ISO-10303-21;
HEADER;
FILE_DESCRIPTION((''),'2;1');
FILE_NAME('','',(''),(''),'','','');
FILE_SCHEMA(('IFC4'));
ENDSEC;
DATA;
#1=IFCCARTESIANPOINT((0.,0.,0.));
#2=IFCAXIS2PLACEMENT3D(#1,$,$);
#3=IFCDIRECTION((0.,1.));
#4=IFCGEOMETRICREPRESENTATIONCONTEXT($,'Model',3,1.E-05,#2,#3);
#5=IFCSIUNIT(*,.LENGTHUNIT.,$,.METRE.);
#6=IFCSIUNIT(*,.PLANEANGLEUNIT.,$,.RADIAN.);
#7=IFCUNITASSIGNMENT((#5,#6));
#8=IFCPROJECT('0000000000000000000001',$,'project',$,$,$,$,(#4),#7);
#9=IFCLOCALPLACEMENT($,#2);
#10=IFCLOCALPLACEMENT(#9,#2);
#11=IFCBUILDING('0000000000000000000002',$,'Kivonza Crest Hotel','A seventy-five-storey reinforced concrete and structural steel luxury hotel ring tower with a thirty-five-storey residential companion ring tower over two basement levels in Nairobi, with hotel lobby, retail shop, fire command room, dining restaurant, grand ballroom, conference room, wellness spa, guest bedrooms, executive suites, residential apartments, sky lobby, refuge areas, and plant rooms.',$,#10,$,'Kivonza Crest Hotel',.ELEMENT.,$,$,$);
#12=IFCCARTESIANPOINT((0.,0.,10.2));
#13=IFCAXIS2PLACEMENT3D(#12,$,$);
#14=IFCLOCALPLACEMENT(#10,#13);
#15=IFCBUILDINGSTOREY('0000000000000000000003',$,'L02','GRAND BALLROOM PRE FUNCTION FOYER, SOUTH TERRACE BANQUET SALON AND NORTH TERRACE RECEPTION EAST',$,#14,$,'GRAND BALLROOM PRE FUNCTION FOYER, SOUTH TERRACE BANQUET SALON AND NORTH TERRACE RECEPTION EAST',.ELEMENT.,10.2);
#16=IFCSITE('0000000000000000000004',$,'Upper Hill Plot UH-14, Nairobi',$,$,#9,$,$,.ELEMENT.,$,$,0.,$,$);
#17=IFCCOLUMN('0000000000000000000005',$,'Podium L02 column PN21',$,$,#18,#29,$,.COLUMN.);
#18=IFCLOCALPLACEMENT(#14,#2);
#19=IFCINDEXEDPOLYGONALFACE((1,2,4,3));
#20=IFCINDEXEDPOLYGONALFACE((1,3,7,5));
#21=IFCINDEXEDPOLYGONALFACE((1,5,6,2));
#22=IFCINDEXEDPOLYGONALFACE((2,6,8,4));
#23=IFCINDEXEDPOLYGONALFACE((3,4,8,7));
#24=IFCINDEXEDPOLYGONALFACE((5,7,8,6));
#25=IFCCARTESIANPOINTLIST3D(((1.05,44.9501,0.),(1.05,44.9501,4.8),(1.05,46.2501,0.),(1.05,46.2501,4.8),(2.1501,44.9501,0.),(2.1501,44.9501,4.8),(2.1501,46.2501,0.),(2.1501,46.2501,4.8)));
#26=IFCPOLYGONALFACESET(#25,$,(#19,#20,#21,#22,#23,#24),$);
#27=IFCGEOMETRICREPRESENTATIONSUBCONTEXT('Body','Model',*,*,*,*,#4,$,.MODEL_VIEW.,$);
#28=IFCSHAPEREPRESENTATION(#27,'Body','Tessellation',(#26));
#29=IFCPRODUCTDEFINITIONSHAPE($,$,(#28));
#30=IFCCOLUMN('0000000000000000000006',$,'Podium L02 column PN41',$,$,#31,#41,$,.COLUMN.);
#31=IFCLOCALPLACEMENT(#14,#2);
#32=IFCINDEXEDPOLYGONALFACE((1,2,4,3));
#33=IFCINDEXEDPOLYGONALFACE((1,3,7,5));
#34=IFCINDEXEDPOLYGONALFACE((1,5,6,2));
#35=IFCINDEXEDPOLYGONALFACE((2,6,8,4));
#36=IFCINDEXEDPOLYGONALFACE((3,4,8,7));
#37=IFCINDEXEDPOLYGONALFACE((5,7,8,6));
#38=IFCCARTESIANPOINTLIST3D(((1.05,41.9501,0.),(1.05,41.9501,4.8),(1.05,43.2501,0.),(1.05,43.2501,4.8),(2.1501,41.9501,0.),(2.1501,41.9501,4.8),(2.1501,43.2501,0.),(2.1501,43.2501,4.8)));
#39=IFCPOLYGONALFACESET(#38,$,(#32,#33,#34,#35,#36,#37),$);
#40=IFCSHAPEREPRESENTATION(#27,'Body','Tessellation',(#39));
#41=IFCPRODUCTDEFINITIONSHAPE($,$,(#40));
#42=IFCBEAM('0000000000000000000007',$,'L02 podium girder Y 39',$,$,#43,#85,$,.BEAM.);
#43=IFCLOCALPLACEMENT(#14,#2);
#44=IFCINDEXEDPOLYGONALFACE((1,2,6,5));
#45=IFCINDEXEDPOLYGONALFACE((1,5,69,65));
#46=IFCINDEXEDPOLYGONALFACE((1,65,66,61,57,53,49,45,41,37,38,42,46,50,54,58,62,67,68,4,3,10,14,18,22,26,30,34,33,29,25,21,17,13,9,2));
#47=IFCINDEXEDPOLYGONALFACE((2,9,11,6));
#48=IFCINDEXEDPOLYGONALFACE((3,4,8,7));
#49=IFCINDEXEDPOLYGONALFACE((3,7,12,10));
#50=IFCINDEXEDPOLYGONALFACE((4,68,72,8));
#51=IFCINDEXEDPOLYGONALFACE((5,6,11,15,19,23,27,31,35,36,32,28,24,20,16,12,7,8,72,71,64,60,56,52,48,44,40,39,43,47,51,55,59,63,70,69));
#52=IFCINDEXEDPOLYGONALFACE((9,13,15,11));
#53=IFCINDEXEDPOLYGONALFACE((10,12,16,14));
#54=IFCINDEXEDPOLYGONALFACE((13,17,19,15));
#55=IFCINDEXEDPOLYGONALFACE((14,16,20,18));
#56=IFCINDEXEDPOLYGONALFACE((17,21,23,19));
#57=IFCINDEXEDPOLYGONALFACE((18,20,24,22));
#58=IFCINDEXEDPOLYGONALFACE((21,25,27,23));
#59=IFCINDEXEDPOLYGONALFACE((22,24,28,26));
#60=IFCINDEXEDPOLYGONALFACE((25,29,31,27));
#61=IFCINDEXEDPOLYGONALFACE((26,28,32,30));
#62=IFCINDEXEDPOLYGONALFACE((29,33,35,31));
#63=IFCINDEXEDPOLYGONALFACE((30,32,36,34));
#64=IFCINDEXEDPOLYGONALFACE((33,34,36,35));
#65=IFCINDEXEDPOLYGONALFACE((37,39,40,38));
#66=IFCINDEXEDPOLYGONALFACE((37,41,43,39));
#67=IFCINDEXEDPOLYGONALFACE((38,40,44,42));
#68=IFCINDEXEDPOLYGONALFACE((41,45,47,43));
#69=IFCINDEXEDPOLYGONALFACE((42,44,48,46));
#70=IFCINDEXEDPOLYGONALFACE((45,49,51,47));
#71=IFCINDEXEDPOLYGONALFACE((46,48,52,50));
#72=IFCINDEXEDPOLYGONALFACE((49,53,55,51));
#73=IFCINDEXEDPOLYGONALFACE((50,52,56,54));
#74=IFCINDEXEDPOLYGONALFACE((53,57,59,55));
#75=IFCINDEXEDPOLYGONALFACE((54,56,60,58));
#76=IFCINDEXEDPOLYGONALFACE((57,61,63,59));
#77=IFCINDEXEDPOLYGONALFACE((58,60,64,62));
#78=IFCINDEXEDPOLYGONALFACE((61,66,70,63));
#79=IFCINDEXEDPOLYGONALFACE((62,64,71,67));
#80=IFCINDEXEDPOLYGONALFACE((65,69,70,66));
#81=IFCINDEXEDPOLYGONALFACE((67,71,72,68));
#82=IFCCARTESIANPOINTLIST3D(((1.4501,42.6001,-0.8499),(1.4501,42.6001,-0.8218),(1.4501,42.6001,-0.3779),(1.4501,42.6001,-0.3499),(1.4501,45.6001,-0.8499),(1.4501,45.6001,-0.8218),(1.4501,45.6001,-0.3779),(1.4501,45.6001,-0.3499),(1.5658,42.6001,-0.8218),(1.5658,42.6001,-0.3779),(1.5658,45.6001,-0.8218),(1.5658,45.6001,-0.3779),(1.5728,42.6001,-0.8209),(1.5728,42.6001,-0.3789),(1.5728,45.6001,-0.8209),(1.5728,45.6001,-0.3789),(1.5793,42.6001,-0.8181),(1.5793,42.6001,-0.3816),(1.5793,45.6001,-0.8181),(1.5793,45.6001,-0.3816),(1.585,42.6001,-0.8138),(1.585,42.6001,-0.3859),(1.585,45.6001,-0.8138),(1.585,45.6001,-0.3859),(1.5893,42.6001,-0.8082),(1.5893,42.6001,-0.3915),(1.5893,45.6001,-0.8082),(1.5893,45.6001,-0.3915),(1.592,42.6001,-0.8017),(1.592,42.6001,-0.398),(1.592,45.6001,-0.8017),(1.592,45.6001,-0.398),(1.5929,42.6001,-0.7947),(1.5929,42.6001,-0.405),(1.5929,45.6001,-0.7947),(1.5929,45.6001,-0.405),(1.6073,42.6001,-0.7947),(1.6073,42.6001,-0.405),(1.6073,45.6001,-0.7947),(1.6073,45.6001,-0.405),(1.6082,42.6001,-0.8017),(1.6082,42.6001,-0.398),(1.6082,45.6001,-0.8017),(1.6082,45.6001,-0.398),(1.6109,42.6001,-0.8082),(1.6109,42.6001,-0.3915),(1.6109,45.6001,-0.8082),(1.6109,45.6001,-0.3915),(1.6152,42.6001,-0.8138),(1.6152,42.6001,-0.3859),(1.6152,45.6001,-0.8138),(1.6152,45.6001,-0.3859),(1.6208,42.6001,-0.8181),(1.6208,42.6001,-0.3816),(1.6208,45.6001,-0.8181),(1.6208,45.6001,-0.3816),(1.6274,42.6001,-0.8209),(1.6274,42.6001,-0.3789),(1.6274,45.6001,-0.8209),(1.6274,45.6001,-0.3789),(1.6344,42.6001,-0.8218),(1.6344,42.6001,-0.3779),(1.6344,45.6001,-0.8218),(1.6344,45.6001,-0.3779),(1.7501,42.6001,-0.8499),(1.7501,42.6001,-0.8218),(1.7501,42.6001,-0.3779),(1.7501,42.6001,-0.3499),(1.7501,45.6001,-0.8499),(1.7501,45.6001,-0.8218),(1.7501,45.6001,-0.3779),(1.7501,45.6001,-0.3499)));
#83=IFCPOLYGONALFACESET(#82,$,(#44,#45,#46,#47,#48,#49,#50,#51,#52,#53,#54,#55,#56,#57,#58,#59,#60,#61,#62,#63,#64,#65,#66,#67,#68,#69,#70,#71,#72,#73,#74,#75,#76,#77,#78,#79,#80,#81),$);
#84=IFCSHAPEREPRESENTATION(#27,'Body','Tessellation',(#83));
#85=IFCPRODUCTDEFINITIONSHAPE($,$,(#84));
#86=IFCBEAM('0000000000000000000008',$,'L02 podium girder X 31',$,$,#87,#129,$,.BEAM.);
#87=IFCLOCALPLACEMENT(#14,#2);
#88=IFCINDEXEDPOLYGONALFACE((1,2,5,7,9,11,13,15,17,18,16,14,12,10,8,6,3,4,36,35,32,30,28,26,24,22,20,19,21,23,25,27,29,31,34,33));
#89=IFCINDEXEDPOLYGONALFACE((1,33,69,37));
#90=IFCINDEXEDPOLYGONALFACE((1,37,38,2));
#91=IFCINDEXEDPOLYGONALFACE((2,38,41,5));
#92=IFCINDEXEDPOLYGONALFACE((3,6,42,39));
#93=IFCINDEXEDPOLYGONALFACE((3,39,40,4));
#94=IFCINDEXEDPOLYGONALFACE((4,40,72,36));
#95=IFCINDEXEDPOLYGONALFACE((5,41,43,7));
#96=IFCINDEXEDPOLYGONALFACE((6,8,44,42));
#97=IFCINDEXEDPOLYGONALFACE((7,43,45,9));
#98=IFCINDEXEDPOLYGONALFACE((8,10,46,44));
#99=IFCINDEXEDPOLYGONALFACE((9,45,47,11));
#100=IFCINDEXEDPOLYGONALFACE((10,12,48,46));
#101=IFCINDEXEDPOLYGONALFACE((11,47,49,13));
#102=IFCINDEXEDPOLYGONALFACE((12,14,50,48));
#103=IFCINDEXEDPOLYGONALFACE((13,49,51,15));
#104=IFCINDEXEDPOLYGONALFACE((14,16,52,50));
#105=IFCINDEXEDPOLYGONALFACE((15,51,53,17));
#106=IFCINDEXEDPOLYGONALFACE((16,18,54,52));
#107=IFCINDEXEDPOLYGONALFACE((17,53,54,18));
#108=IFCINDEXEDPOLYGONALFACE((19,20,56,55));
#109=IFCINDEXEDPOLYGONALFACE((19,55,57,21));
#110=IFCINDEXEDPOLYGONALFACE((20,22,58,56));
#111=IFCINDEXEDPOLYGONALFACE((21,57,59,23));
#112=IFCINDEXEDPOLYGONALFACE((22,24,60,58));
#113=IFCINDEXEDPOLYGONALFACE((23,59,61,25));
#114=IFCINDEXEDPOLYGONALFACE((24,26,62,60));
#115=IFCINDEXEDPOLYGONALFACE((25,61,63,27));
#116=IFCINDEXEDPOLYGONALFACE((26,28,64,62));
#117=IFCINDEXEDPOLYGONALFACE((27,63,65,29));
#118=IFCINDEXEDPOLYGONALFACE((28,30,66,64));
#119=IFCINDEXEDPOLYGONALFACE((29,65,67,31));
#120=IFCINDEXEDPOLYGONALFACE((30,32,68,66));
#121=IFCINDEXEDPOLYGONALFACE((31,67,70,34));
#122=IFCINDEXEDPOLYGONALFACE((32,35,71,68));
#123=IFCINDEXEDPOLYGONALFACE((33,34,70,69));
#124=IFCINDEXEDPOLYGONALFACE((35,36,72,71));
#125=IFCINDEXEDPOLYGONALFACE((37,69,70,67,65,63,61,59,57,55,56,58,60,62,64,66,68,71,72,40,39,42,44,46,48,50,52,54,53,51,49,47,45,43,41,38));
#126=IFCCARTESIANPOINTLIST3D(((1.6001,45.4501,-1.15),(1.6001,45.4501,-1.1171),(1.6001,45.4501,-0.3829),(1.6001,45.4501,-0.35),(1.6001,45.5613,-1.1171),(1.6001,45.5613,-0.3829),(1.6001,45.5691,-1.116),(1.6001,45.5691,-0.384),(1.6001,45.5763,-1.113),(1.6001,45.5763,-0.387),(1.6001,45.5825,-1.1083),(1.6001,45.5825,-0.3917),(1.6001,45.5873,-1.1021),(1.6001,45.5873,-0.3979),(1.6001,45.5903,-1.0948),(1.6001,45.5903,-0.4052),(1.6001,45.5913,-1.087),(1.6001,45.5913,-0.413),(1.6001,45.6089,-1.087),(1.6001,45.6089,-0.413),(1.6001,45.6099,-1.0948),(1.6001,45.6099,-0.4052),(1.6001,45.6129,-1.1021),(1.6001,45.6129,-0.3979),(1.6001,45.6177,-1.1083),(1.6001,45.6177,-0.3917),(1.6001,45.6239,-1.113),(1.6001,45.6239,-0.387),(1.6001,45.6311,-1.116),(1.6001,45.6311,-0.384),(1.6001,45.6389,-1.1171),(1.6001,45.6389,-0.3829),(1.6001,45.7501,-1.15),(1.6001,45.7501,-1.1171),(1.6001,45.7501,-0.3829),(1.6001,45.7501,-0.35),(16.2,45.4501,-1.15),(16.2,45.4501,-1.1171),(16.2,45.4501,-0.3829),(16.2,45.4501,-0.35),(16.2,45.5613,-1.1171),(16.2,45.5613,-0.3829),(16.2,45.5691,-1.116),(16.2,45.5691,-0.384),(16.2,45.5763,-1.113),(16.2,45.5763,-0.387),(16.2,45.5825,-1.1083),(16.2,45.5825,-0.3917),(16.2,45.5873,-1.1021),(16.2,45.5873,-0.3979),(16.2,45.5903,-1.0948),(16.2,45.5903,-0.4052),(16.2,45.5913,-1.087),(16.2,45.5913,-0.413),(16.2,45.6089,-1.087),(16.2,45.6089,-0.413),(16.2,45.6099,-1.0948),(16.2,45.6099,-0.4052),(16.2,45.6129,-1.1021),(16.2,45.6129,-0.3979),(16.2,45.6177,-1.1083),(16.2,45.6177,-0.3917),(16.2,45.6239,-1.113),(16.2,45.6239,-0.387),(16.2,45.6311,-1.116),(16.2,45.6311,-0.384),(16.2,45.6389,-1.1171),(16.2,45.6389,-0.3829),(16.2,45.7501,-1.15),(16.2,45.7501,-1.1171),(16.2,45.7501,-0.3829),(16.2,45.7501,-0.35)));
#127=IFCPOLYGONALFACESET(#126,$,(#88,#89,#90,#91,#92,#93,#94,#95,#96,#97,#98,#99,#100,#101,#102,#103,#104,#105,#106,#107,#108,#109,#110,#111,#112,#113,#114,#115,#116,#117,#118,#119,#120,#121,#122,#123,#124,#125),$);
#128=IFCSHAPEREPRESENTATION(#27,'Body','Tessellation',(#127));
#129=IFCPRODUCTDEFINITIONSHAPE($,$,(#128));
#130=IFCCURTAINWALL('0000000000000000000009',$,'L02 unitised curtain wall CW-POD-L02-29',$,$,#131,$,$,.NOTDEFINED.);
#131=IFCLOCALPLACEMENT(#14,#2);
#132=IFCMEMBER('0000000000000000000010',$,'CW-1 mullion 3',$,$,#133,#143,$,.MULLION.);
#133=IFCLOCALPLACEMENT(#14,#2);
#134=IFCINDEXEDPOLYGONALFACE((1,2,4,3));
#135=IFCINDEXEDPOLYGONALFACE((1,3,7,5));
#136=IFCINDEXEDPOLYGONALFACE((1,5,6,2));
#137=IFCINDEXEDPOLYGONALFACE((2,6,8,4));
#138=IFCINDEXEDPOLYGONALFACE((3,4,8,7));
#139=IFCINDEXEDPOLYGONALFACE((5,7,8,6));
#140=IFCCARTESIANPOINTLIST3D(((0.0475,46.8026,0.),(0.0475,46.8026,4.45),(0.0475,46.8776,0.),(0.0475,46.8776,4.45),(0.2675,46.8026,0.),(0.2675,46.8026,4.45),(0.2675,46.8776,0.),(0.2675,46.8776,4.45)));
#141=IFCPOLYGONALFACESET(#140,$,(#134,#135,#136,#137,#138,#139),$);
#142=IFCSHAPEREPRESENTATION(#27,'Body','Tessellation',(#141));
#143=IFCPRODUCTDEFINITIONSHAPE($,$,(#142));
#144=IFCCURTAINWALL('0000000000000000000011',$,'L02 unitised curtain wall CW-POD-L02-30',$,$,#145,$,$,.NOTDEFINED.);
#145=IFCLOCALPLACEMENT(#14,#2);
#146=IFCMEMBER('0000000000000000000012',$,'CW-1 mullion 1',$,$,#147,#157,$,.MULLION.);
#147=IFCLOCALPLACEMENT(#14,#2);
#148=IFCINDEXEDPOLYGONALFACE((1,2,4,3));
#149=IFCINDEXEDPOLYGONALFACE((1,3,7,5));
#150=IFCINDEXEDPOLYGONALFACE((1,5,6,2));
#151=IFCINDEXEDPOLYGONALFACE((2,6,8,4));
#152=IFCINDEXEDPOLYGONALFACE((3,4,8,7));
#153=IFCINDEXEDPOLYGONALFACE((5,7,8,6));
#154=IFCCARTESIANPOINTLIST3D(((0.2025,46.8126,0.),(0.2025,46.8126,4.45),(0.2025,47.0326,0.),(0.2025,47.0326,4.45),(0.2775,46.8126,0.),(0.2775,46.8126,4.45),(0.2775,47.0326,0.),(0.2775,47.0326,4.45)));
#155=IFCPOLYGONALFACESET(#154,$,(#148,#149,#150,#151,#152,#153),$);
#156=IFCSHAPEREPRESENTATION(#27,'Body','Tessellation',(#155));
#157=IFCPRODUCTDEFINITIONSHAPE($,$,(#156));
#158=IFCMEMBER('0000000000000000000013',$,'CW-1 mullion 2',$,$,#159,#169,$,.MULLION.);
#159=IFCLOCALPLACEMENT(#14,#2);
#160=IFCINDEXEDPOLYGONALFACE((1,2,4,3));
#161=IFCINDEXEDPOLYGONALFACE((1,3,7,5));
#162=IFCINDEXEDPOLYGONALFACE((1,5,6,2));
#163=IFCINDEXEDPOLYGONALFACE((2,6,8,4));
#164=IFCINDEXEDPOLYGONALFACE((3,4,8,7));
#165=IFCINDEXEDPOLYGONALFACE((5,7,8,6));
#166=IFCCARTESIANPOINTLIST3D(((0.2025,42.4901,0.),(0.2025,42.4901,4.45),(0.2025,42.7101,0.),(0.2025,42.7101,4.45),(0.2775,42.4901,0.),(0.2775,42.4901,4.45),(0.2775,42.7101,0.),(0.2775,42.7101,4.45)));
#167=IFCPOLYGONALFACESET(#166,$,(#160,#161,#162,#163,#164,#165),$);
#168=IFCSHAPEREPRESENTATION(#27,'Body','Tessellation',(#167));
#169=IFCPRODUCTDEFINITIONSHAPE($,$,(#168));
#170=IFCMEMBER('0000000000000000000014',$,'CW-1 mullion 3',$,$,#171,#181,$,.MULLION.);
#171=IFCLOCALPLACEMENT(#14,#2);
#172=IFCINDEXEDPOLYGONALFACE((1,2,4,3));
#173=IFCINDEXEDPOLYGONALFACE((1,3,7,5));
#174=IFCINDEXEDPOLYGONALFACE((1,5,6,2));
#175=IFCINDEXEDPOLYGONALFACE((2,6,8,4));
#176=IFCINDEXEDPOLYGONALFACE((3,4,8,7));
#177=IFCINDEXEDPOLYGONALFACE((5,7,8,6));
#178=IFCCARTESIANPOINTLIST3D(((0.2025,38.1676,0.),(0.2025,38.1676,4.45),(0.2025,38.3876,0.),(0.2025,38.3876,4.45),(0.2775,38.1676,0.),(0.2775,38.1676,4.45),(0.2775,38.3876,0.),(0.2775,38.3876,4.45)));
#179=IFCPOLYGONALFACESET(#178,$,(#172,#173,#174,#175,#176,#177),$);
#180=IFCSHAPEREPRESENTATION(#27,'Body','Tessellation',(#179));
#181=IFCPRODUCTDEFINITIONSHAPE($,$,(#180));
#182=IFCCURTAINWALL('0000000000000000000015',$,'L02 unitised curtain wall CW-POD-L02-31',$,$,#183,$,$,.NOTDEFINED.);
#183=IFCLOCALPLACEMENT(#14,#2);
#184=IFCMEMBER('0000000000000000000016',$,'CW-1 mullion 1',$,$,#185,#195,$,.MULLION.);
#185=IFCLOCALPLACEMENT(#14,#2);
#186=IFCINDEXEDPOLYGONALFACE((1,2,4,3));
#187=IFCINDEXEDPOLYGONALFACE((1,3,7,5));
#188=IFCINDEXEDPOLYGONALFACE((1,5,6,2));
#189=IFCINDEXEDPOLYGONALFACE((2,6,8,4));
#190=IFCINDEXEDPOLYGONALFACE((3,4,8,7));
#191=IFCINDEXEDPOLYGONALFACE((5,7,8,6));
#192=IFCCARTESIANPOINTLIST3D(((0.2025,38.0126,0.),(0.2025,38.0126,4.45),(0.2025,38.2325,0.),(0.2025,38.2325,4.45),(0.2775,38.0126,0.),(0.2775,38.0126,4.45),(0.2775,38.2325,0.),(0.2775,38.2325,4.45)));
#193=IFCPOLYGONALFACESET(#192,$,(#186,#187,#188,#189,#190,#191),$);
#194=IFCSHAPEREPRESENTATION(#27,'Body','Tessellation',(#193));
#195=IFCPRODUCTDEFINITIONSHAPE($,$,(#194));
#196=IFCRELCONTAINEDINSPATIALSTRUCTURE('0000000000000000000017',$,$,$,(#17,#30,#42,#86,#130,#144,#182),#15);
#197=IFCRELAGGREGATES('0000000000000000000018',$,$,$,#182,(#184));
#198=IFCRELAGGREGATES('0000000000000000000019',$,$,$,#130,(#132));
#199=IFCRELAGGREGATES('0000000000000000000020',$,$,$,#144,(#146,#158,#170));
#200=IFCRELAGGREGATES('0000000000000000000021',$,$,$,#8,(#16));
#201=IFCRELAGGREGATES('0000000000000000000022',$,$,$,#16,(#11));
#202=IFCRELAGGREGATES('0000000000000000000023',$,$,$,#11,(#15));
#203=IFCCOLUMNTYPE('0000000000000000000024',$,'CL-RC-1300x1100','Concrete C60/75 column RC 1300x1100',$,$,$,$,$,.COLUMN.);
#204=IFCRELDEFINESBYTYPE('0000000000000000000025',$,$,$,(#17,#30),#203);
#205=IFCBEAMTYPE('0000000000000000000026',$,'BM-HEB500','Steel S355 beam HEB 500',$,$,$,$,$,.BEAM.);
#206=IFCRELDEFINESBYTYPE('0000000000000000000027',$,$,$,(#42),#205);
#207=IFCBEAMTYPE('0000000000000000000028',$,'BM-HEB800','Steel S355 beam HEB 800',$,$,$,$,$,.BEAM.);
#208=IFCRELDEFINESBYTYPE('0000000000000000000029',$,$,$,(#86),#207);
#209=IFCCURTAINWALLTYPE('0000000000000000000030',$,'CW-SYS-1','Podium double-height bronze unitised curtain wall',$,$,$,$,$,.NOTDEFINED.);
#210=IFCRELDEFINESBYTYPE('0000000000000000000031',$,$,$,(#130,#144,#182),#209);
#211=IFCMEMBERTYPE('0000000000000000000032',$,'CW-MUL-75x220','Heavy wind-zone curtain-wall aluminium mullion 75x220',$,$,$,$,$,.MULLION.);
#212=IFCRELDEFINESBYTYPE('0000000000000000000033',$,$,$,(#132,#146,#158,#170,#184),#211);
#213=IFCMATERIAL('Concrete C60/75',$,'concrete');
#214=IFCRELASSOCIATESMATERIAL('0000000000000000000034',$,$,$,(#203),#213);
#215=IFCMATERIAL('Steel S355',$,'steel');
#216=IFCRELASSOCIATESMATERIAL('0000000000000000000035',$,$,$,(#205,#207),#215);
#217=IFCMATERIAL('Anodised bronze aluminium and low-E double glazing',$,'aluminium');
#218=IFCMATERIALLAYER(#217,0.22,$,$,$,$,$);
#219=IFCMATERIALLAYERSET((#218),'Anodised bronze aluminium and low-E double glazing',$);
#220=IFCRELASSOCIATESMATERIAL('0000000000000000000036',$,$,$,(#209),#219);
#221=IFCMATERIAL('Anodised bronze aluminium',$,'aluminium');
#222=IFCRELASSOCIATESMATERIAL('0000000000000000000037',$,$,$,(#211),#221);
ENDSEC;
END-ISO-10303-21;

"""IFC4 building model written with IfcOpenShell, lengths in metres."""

from ifc_helpers import new_model, si_unit, direction, frame, origin, origin_2d, place, context, subcontext, project, spatial, rectangle, i_section, extrude, material, layer, layer_set, material_profile, profile_set, type_object, element, aggregate, save


model = new_model("IFC4")

# Units and contexts
model_context = context("Model", 3, precision=1e-05, world=origin(), true_north=direction((0.0, 1.0)))
body_context = subcontext(model_context, "Body", "Model", "MODEL_VIEW")
ifc_project = project(units=[si_unit("LENGTHUNIT", "METRE"), si_unit("PLANEANGLEUNIT", "RADIAN")], contexts=[model_context])

# Site, building, storey
site_placement = place(None, origin())
site = spatial("IfcSite", under=ifc_project, at=site_placement, Name="Upper Hill Plot UH-14, Nairobi", CompositionType="ELEMENT", RefElevation=0.0)
building_placement = place(site_placement, origin())
building = spatial("IfcBuilding", under=site, at=building_placement, Name="Kivonza Crest Hotel", Description="A seventy-five-storey reinforced concrete and structural steel luxury hotel ring tower with a thirty-five-storey residential companion ring tower over two basement levels in Nairobi, with hotel lobby, retail shop, fire command room, dining restaurant, grand ballroom, conference room, wellness spa, guest bedrooms, executive suites, residential apartments, sky lobby, refuge areas, and plant rooms.", LongName="Kivonza Crest Hotel", CompositionType="ELEMENT")
storey_placement = place(building_placement, frame((0.0, 0.0, 10.2)))
storey = spatial("IfcBuildingStorey", under=building, at=storey_placement, Name="L02", Description="GRAND BALLROOM PRE FUNCTION FOYER, SOUTH TERRACE BANQUET SALON AND NORTH TERRACE RECEPTION EAST", LongName="GRAND BALLROOM PRE FUNCTION FOYER, SOUTH TERRACE BANQUET SALON AND NORTH TERRACE RECEPTION EAST", CompositionType="ELEMENT", Elevation=10.2)

# Columns
ifc_material_1 = material(Name="Concrete C60/75", Category="concrete")
ifc_material_profile_1 = material_profile(ifc_material_1, rectangle(XDim=1.1001, YDim=1.3, at=origin_2d()), Name="RC 1300x1100")
ifc_profile_set_1 = profile_set([ifc_material_profile_1], Name="Concrete C60/75")
column_type = type_object("IfcColumnType", Name="CL-RC-1300x1100", Description="Concrete C60/75 column RC 1300x1100", PredefinedType="COLUMN", material=ifc_profile_set_1)
for number, where, z_axis, x_axis, name in (
    (1, (1.6001, 45.6001, 0.0), (0.0, 0.0, 1.0), (1.0, 0.0, 0.0), "Podium L02 column PN21"),
    (2, (1.6001, 42.6001, 0.0), (0.0, 0.0, 1.0), (1.0, 0.0, 0.0), "Podium L02 column PN41"),
):
    element("IfcColumn", number, at=place(storey_placement, frame(where, z_axis=z_axis, x_axis=x_axis)), inside=storey, type_object=column_type, Name=name, PredefinedType="COLUMN", context=body_context, shape_type="SweptSolid", body=[
        extrude(rectangle(XDim=1.1001, YDim=1.3, at=origin_2d()), origin(), (0.0, 0.0, 1.0), 4.8),
    ])

# Beams
ifc_material_2 = material(Name="Steel S355", Category="steel")
ifc_material_profile_2 = material_profile(ifc_material_2, i_section(OverallWidth=0.3, OverallDepth=0.5, WebThickness=0.0144, FlangeThickness=0.0281, FilletRadius=0.0271, at=origin_2d()), Name="HEB 500")
ifc_profile_set_2 = profile_set([ifc_material_profile_2], Name="Steel S355")
beam_type_1 = type_object("IfcBeamType", Name="BM-HEB500", Description="Steel S355 beam HEB 500", PredefinedType="BEAM", material=ifc_profile_set_2)
beam_1_placement = place(storey_placement, frame((1.6001, 42.6001, -0.5999), z_axis=(0.0, 1.0, 0.0), x_axis=(-1.0, 0.0, 0.0)))
element("IfcBeam", 3, at=beam_1_placement, inside=storey, type_object=beam_type_1, Name="L02 podium girder Y 39", PredefinedType="BEAM", context=body_context, shape_type="SweptSolid", body=[
    extrude(i_section(OverallWidth=0.3, OverallDepth=0.5, WebThickness=0.0144, FlangeThickness=0.0281, FilletRadius=0.0271, at=origin_2d()), origin(), (0.0, 0.0, 1.0), 3.0),
])
ifc_material_profile_3 = material_profile(ifc_material_2, i_section(OverallWidth=0.3, OverallDepth=0.8, WebThickness=0.0176, FlangeThickness=0.033, FilletRadius=0.03, at=origin_2d()), Name="HEB 800")
ifc_profile_set_3 = profile_set([ifc_material_profile_3], Name="Steel S355")
beam_type_2 = type_object("IfcBeamType", Name="BM-HEB800", Description="Steel S355 beam HEB 800", PredefinedType="BEAM", material=ifc_profile_set_3)
beam_2_placement = place(storey_placement, frame((1.6001, 45.6001, -0.75), z_axis=(1.0, 0.0, 0.0), x_axis=(0.0, 1.0, 0.0)))
element("IfcBeam", 4, at=beam_2_placement, inside=storey, type_object=beam_type_2, Name="L02 podium girder X 31", PredefinedType="BEAM", context=body_context, shape_type="SweptSolid", body=[
    extrude(i_section(OverallWidth=0.3, OverallDepth=0.8, WebThickness=0.0176, FlangeThickness=0.033, FilletRadius=0.03, at=origin_2d()), origin(), (0.0, 0.0, 1.0), 14.5999),
])

# Curtain wall, member
ifc_material_3 = material(Name="Anodised bronze aluminium and low-E double glazing", Category="aluminium")
ifc_layer_1 = layer(ifc_material_3, 0.22)
ifc_layer_set_1 = layer_set([ifc_layer_1], Name="Anodised bronze aluminium and low-E double glazing")
curtain_wall_type = type_object("IfcCurtainWallType", Name="CW-SYS-1", Description="Podium double-height bronze unitised curtain wall", PredefinedType="NOTDEFINED", material=ifc_layer_set_1)
curtain_wall_1_placement = place(storey_placement, origin())
curtain_wall_1 = element("IfcCurtainWall", 5, at=curtain_wall_1_placement, inside=storey, type_object=curtain_wall_type, Name="L02 unitised curtain wall CW-POD-L02-29", PredefinedType="NOTDEFINED")
ifc_material_4 = material(Name="Anodised bronze aluminium", Category="aluminium")
ifc_material_profile_4 = material_profile(ifc_material_4, rectangle(XDim=0.075, YDim=0.22, at=origin_2d()), Name="CW-M 75x220")
ifc_profile_set_4 = profile_set([ifc_material_profile_4], Name="Anodised bronze aluminium")
member_type_1 = type_object("IfcMemberType", Name="CW-MUL-75x220", Description="Heavy wind-zone curtain-wall aluminium mullion 75x220", PredefinedType="MULLION", material=ifc_profile_set_4)
member_1_placement = place(storey_placement, frame((0.1575, 46.8401, 0.0), z_axis=(0.0, 0.0, 1.0), x_axis=(0.0, -1.0, 0.0)))
member_1 = element("IfcMember", 6, at=member_1_placement, type_object=member_type_1, Name="CW-1 mullion 3", PredefinedType="MULLION", context=body_context, shape_type="SweptSolid", body=[
    extrude(rectangle(XDim=0.075, YDim=0.22, at=origin_2d()), origin(), (0.0, 0.0, 1.0), 4.45),
])

# Curtain wall, members
curtain_wall_2_placement = place(storey_placement, origin())
curtain_wall_2 = element("IfcCurtainWall", 7, at=curtain_wall_2_placement, inside=storey, type_object=curtain_wall_type, Name="L02 unitised curtain wall CW-POD-L02-30", PredefinedType="NOTDEFINED")
member_2_placement = place(storey_placement, frame((0.24, 46.9226, 0.0), z_axis=(0.0, 0.0, 1.0), x_axis=(1.0, 0.0, 0.0)))
member_2 = element("IfcMember", 8, at=member_2_placement, type_object=member_type_1, Name="CW-1 mullion 1", PredefinedType="MULLION", context=body_context, shape_type="SweptSolid", body=[
    extrude(rectangle(XDim=0.075, YDim=0.22, at=origin_2d()), origin(), (0.0, 0.0, 1.0), 4.45),
])
member_3_placement = place(storey_placement, frame((0.24, 42.6001, 0.0), z_axis=(0.0, 0.0, 1.0), x_axis=(1.0, 0.0, 0.0)))
member_3 = element("IfcMember", 9, at=member_3_placement, type_object=member_type_1, Name="CW-1 mullion 2", PredefinedType="MULLION", context=body_context, shape_type="SweptSolid", body=[
    extrude(rectangle(XDim=0.075, YDim=0.22, at=origin_2d()), origin(), (0.0, 0.0, 1.0), 4.45),
])
member_4_placement = place(storey_placement, frame((0.24, 38.2776, 0.0), z_axis=(0.0, 0.0, 1.0), x_axis=(1.0, 0.0, 0.0)))
member_4 = element("IfcMember", 10, at=member_4_placement, type_object=member_type_1, Name="CW-1 mullion 3", PredefinedType="MULLION", context=body_context, shape_type="SweptSolid", body=[
    extrude(rectangle(XDim=0.075, YDim=0.22, at=origin_2d()), origin(), (0.0, 0.0, 1.0), 4.45),
])

# Curtain wall, member
curtain_wall_3_placement = place(storey_placement, origin())
curtain_wall_3 = element("IfcCurtainWall", 11, at=curtain_wall_3_placement, inside=storey, type_object=curtain_wall_type, Name="L02 unitised curtain wall CW-POD-L02-31", PredefinedType="NOTDEFINED")
member_5_placement = place(storey_placement, frame((0.24, 38.1226, 0.0), z_axis=(0.0, 0.0, 1.0), x_axis=(1.0, 0.0, 0.0)))
member_5 = element("IfcMember", 12, at=member_5_placement, type_object=member_type_1, Name="CW-1 mullion 1", PredefinedType="MULLION", context=body_context, shape_type="SweptSolid", body=[
    extrude(rectangle(XDim=0.075, YDim=0.22, at=origin_2d()), origin(), (0.0, 0.0, 1.0), 4.45),
])

aggregate(curtain_wall_3, [member_5])

aggregate(curtain_wall_1, [member_1])
aggregate(curtain_wall_2, [member_2, member_3, member_4])

save(model, "model.ifc")
